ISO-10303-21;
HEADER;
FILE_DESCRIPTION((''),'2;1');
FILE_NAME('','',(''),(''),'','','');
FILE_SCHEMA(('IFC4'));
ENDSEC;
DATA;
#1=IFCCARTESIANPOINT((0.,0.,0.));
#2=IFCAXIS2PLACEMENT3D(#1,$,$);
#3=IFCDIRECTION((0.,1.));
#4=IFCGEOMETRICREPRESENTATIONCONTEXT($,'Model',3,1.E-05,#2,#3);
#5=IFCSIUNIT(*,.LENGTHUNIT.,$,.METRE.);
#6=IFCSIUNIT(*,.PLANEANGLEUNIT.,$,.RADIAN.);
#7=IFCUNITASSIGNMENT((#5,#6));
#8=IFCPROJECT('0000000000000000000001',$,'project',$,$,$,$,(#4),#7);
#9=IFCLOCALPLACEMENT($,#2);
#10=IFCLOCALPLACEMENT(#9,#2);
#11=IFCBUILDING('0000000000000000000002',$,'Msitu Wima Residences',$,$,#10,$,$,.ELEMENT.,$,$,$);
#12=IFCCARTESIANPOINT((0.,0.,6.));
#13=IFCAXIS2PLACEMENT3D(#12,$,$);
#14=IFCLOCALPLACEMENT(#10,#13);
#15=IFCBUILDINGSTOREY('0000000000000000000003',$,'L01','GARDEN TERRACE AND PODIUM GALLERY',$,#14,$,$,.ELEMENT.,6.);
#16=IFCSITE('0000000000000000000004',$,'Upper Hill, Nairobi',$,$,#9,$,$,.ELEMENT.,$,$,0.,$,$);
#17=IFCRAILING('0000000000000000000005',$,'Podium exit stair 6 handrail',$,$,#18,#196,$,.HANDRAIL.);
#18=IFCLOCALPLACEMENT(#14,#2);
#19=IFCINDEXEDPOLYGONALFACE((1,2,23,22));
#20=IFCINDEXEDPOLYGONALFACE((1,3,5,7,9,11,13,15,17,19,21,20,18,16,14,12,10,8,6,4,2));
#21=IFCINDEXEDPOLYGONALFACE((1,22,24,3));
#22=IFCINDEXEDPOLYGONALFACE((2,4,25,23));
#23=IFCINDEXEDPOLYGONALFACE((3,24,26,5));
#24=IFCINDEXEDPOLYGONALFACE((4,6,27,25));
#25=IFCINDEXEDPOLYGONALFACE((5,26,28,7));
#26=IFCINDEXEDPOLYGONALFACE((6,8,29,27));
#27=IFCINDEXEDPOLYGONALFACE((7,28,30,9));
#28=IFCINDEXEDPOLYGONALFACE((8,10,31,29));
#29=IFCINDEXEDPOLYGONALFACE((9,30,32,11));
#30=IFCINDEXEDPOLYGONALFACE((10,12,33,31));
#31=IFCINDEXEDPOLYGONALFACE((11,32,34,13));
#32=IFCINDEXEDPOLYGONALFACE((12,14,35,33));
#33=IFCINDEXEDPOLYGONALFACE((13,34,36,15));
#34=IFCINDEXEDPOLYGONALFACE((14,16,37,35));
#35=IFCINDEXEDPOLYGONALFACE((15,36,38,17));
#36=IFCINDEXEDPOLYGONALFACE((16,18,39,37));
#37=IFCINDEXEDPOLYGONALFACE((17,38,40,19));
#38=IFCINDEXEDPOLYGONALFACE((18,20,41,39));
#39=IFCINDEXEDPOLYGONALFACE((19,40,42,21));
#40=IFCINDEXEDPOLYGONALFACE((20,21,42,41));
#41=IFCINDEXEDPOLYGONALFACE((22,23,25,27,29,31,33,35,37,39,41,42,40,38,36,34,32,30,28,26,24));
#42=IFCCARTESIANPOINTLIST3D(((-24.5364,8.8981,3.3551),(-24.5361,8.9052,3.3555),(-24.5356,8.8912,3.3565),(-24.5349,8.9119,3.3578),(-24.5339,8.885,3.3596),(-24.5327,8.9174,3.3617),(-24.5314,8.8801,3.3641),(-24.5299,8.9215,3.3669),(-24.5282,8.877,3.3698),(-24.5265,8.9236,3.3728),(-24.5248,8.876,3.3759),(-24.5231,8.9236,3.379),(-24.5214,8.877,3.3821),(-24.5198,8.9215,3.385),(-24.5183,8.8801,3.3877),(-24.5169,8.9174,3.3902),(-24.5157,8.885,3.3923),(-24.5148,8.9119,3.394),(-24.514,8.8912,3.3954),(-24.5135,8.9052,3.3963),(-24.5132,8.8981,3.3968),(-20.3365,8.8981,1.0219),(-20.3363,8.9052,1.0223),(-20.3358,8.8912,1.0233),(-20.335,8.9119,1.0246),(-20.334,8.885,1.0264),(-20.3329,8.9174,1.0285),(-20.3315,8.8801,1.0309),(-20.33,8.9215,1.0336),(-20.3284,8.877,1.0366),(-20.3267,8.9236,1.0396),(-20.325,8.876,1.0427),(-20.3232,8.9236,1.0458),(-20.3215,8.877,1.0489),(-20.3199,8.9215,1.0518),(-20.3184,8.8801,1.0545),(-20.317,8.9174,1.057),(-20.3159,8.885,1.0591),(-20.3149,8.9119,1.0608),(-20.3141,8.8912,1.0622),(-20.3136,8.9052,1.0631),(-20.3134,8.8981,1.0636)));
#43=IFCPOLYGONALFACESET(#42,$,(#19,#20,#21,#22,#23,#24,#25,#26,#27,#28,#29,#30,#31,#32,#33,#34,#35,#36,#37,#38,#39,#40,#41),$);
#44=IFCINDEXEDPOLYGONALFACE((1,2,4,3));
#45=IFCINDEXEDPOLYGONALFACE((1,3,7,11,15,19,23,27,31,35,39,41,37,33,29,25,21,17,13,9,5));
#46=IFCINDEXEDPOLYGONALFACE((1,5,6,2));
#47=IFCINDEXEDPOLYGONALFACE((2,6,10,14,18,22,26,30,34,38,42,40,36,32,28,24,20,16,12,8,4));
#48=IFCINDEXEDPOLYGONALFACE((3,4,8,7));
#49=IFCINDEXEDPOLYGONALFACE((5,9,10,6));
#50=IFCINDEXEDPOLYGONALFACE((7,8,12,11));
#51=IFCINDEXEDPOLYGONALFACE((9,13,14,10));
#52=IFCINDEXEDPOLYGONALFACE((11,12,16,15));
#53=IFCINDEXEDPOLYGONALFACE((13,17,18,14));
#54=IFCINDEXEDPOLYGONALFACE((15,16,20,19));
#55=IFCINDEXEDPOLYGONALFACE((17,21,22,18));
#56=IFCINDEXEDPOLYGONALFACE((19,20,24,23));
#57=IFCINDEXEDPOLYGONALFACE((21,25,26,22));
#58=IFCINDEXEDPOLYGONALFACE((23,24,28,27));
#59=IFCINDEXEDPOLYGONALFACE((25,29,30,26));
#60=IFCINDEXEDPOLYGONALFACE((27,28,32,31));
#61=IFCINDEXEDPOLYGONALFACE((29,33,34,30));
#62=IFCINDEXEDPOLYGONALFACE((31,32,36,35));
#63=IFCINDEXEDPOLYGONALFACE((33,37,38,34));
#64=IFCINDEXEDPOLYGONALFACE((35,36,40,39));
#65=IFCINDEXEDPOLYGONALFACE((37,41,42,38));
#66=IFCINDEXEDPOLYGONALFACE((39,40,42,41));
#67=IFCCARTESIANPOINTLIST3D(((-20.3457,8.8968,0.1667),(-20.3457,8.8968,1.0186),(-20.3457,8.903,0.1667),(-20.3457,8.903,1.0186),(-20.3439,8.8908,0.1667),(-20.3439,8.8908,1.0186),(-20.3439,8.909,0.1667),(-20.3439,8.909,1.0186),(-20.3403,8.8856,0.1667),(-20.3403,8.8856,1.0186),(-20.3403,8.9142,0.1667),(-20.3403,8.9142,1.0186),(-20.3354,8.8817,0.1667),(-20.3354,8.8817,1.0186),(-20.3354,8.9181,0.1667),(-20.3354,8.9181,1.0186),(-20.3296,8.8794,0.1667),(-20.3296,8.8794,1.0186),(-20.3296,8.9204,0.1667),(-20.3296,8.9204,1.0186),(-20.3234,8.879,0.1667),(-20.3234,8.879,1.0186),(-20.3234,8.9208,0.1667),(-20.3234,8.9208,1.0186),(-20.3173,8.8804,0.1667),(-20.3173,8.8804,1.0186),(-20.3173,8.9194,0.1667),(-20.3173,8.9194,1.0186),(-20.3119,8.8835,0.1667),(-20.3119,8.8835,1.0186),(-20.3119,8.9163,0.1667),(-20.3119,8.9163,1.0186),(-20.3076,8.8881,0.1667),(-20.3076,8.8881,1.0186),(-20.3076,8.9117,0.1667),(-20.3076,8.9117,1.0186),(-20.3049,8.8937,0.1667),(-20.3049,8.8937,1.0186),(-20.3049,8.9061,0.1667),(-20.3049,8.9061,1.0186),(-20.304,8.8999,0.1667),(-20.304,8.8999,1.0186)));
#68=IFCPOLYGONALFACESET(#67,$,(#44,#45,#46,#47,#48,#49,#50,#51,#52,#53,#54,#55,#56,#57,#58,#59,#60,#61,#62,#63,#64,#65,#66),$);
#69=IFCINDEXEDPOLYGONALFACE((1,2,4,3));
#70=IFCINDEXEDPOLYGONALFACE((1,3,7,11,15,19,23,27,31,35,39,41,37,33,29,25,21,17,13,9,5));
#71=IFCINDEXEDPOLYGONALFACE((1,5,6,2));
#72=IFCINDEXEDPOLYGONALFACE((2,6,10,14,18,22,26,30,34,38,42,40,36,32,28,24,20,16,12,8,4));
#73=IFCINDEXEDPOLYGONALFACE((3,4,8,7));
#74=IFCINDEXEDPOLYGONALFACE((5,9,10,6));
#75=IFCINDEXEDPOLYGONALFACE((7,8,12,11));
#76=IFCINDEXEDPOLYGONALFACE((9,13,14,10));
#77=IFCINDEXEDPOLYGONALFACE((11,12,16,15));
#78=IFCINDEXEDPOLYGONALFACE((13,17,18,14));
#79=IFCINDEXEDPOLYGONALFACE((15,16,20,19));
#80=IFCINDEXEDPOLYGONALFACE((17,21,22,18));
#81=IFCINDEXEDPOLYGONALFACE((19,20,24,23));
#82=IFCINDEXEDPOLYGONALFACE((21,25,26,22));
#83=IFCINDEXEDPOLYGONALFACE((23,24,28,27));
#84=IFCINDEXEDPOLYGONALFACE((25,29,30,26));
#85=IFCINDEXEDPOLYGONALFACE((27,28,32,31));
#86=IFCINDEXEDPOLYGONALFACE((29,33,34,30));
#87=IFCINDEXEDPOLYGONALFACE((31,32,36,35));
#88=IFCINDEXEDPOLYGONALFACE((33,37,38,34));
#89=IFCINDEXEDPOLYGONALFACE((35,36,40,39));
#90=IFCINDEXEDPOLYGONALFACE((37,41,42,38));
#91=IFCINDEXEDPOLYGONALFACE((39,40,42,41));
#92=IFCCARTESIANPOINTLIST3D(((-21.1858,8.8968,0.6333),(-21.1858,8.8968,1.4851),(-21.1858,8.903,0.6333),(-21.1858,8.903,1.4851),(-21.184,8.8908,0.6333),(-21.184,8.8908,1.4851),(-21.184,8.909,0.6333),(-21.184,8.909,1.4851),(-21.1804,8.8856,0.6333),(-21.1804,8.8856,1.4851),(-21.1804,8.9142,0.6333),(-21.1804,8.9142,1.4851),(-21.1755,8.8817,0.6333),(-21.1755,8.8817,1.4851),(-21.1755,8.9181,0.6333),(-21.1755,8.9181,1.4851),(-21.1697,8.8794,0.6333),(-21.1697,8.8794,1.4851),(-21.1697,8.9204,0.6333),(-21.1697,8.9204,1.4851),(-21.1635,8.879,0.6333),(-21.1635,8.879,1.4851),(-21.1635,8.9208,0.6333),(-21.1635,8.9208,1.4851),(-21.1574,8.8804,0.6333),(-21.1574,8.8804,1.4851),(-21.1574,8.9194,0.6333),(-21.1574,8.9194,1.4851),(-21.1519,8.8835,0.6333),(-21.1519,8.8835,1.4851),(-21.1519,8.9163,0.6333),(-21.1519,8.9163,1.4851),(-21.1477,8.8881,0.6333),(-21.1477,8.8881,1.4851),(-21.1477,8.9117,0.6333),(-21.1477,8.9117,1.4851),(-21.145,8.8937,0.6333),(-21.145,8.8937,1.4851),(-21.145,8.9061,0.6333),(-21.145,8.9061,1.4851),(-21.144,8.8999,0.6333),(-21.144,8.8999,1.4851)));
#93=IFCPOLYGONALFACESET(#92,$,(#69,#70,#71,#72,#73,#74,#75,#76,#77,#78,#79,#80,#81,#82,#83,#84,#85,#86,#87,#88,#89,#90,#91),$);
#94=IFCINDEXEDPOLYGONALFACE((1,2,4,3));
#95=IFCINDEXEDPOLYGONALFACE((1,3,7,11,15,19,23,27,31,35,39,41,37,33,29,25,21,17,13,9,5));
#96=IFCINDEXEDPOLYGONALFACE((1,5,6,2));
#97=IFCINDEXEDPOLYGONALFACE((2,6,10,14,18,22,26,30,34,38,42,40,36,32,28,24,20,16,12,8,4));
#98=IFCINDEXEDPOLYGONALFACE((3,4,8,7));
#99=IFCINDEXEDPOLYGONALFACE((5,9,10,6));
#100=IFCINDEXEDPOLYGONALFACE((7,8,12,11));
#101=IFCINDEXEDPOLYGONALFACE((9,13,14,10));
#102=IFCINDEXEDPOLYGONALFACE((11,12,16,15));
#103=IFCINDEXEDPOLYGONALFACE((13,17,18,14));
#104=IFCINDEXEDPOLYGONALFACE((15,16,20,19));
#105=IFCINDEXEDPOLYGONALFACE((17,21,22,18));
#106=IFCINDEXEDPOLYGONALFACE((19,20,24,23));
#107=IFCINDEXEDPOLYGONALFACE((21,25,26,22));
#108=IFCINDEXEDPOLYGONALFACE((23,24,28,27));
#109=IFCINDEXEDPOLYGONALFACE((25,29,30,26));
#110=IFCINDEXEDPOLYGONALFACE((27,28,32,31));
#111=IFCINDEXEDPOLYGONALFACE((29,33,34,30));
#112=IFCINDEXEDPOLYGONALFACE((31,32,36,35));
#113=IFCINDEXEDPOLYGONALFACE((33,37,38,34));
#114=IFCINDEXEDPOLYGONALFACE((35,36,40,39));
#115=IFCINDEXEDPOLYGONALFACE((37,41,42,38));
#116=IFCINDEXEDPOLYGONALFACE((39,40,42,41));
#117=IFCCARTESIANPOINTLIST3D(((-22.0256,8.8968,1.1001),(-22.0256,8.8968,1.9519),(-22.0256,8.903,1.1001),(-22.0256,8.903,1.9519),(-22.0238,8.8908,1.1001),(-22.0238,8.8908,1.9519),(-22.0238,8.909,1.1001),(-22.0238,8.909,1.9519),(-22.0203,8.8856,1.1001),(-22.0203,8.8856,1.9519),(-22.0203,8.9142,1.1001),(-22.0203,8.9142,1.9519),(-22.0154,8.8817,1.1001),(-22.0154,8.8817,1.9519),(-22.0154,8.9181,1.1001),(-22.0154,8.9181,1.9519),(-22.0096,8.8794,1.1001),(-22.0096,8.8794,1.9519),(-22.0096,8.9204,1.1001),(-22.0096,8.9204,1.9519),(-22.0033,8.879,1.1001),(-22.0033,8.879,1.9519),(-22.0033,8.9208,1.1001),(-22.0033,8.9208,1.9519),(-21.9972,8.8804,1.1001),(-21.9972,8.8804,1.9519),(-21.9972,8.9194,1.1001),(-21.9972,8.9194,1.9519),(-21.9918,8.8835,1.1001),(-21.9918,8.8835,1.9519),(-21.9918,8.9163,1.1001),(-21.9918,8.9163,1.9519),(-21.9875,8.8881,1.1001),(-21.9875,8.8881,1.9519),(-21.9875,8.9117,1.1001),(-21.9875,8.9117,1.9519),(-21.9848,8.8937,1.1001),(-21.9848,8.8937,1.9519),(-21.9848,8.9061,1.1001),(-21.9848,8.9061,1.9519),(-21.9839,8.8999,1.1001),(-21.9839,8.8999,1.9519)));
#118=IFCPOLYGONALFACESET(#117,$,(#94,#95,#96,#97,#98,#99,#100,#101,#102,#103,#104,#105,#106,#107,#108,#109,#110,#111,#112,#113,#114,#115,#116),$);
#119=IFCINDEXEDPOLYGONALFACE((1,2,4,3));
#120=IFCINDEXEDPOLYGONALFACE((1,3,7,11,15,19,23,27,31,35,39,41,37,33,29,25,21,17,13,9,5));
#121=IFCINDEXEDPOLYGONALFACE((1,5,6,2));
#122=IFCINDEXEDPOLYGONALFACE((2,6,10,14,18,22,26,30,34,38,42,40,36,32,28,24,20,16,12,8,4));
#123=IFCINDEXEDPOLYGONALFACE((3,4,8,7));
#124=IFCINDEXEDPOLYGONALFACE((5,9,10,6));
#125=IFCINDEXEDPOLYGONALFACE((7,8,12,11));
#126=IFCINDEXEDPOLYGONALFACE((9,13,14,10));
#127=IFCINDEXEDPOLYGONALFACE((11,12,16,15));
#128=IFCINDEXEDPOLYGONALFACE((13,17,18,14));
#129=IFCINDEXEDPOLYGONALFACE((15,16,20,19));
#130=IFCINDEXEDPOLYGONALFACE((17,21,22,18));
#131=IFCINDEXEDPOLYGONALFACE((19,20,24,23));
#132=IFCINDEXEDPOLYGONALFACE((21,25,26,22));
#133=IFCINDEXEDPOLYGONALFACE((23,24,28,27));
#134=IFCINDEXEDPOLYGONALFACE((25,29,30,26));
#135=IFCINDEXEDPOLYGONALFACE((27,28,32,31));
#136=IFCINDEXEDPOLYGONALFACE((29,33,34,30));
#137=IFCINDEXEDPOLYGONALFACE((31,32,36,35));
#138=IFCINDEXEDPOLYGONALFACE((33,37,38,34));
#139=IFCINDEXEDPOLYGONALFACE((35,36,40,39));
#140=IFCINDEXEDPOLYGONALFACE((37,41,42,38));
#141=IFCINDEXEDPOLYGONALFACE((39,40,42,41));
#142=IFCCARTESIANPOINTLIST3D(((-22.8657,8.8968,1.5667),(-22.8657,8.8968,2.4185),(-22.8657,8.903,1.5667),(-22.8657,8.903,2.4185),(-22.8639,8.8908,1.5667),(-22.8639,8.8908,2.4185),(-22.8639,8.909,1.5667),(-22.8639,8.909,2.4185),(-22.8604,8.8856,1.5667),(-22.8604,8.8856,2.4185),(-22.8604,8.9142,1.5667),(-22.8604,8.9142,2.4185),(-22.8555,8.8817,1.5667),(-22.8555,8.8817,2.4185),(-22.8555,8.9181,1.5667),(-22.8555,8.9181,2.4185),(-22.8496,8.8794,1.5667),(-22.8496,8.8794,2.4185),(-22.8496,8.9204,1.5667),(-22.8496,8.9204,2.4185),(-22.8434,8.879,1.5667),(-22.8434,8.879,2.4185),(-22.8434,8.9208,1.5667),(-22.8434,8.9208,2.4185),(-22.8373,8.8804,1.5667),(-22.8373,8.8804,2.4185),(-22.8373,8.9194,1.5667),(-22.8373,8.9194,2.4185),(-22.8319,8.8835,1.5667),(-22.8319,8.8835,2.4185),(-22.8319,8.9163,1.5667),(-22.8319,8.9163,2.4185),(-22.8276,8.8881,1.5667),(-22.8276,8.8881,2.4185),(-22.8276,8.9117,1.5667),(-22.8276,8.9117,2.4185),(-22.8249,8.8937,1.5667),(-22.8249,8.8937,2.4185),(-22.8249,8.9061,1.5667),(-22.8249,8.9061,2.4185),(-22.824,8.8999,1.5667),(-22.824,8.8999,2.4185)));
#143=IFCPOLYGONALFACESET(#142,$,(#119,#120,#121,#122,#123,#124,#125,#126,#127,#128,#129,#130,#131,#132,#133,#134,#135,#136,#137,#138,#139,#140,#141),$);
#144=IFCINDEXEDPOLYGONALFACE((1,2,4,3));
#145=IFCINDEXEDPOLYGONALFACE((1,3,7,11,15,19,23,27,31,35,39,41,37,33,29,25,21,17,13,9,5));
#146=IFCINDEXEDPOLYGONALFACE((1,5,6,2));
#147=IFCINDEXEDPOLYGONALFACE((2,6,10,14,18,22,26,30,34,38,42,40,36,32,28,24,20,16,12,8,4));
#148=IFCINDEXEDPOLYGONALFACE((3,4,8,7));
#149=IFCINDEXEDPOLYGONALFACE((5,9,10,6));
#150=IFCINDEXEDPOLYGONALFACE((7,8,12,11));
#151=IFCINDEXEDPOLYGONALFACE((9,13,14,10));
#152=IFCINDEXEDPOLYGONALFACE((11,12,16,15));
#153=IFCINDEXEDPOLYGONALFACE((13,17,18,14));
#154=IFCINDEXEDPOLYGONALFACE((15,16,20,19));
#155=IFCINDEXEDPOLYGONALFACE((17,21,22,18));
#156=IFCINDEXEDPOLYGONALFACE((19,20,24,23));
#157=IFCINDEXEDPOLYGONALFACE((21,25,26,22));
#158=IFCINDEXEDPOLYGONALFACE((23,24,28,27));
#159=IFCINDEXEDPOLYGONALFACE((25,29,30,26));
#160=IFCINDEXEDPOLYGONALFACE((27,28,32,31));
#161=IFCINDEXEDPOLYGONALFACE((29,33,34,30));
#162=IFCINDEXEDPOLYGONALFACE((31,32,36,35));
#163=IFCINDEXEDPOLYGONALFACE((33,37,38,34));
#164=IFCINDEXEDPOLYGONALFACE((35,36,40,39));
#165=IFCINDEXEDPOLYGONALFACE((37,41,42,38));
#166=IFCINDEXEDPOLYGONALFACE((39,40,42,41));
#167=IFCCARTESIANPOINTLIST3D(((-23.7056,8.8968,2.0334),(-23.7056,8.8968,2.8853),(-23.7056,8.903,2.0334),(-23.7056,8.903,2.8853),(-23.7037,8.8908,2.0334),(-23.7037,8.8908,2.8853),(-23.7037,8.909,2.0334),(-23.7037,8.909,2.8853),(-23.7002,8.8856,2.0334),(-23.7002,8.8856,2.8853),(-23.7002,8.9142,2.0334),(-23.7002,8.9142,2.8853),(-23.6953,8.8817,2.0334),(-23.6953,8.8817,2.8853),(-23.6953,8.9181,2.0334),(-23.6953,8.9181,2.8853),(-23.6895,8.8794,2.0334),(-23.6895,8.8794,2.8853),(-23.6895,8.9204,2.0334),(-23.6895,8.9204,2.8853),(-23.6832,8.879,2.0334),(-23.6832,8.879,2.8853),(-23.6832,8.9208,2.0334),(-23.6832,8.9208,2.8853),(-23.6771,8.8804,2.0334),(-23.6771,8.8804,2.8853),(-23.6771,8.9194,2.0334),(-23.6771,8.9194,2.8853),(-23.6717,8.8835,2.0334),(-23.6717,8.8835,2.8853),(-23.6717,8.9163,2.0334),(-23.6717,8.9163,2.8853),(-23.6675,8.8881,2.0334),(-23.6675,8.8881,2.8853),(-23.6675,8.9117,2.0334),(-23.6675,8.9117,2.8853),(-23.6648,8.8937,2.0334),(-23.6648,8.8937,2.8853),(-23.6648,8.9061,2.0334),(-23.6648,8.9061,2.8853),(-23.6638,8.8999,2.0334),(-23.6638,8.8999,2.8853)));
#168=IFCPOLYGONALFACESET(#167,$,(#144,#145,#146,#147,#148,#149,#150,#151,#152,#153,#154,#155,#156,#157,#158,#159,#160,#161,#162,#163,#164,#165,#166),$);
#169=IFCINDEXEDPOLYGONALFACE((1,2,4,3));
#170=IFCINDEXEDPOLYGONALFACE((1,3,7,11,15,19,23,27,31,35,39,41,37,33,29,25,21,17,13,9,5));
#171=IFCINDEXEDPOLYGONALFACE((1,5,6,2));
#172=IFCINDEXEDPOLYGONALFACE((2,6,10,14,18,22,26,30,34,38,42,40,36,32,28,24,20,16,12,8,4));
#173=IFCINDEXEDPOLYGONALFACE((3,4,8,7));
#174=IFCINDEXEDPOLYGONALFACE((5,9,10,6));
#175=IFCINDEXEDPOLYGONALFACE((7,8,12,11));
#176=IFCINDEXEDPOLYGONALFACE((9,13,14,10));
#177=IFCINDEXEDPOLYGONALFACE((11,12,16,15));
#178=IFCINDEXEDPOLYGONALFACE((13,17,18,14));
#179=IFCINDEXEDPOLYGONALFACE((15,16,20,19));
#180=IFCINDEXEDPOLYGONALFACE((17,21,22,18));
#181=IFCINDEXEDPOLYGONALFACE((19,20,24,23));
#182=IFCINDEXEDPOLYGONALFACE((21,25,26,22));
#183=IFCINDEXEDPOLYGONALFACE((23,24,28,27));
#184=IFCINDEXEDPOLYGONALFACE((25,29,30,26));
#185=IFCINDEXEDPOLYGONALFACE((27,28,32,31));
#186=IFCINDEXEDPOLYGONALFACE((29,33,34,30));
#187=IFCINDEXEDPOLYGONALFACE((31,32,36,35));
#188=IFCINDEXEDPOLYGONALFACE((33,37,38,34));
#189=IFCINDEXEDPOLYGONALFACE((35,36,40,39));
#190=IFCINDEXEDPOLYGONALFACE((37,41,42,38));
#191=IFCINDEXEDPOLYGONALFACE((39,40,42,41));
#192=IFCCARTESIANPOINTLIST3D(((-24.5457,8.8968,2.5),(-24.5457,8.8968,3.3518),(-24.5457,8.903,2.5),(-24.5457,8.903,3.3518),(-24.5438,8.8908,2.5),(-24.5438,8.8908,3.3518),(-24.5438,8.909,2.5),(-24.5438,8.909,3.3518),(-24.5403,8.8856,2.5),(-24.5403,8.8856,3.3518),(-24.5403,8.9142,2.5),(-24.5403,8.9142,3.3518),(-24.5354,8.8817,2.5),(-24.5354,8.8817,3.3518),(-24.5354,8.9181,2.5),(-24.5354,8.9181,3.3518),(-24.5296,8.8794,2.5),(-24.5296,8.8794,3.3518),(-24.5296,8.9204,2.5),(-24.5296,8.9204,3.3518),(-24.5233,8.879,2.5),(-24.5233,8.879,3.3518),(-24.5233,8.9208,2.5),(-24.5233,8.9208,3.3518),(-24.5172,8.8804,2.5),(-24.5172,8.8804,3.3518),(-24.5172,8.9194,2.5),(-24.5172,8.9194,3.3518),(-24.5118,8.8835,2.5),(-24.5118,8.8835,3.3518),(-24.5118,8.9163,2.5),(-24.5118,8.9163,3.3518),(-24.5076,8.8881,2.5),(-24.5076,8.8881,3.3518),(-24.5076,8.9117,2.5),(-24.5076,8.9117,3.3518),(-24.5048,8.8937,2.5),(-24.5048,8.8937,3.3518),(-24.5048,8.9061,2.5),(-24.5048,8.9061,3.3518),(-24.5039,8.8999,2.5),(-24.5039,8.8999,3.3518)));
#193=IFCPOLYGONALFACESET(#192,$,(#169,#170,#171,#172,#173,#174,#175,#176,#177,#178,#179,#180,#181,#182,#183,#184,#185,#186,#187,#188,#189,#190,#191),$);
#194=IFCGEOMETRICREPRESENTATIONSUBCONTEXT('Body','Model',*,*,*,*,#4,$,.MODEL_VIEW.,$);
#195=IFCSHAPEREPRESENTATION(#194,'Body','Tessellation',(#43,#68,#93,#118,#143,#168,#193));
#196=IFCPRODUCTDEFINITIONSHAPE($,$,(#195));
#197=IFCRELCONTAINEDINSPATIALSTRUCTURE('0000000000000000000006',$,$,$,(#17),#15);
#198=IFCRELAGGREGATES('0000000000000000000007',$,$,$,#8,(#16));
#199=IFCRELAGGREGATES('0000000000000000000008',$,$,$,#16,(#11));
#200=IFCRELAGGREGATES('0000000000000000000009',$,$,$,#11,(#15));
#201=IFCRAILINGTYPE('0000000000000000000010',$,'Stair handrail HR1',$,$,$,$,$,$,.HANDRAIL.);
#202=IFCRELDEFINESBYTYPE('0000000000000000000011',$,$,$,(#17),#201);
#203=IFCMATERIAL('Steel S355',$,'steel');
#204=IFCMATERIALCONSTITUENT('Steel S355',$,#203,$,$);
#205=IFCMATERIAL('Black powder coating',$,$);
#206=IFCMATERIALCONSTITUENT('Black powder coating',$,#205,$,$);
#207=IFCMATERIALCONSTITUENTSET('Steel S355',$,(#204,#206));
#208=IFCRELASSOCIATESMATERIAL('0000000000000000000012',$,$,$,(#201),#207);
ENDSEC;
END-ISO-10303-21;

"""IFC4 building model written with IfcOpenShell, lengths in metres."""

from ifc_helpers import new_model, si_unit, direction, frame, origin, origin_2d, place, context, subcontext, project, spatial, circle, extrude, material, constituent, constituent_set, type_object, element, save


model = new_model("IFC4")

# Units and contexts
model_context = context("Model", 3, precision=1e-05, world=origin(), true_north=direction((0.0, 1.0)))
body_context = subcontext(model_context, "Body", "Model", "MODEL_VIEW")
ifc_project = project(units=[si_unit("LENGTHUNIT", "METRE"), si_unit("PLANEANGLEUNIT", "RADIAN")], contexts=[model_context])

# Site, building, storey
site_placement = place(None, origin())
site = spatial("IfcSite", under=ifc_project, at=site_placement, Name="Upper Hill, Nairobi", CompositionType="ELEMENT", RefElevation=0.0)
building_placement = place(site_placement, origin())
building = spatial("IfcBuilding", under=site, at=building_placement, Name="Msitu Wima Residences", CompositionType="ELEMENT")
storey_placement = place(building_placement, frame((0.0, 0.0, 6.0)))
storey = spatial("IfcBuildingStorey", under=building, at=storey_placement, Name="L01", Description="GARDEN TERRACE AND PODIUM GALLERY", CompositionType="ELEMENT", Elevation=6.0)

# Railing
ifc_material_1 = material(Name="Steel S355", Category="steel")
ifc_constituent_1 = constituent(ifc_material_1, Name="Steel S355")
ifc_material_2 = material(Name="Black powder coating")
ifc_constituent_2 = constituent(ifc_material_2, Name="Black powder coating")
ifc_constituent_set = constituent_set(constituents=[ifc_constituent_1, ifc_constituent_2], Name="Steel S355")
railing_type = type_object("IfcRailingType", Name="Stair handrail HR1", PredefinedType="HANDRAIL", material=ifc_constituent_set)
railing_1_placement = place(storey_placement, frame((-20.325, 8.8999, 0.1667)))
element("IfcRailing", 1, at=railing_1_placement, inside=storey, type_object=railing_type, Name="Podium exit stair 6 handrail", PredefinedType="HANDRAIL", context=body_context, shape_type="SweptSolid", body=[
    extrude(circle(Radius=0.0239, at=origin_2d()), frame((0.0, 0.0, 0.876), z_axis=(-0.874162, 0.0, 0.485634), x_axis=(0.0, -1.0, 0.0)), (0.0, 0.0, 1.0), 4.8044),
    extrude(circle(Radius=0.021, at=origin_2d()), origin(), (0.0, 0.0, 1.0), 0.8518),
    extrude(circle(Radius=0.021, at=origin_2d()), frame((-0.8401, 0.0, 0.4666)), (0.0, 0.0, 1.0), 0.8518),
    extrude(circle(Radius=0.021, at=origin_2d()), frame((-1.6799, 0.0, 0.9333)), (0.0, 0.0, 1.0), 0.8518),
    extrude(circle(Radius=0.021, at=origin_2d()), frame((-2.52, 0.0, 1.3999)), (0.0, 0.0, 1.0), 0.8518),
    extrude(circle(Radius=0.021, at=origin_2d()), frame((-3.3599, 0.0, 1.8667)), (0.0, 0.0, 1.0), 0.8518),
    extrude(circle(Radius=0.021, at=origin_2d()), frame((-4.2, 0.0, 2.3333)), (0.0, 0.0, 1.0), 0.8518),
])

save(model, "model.ifc")
